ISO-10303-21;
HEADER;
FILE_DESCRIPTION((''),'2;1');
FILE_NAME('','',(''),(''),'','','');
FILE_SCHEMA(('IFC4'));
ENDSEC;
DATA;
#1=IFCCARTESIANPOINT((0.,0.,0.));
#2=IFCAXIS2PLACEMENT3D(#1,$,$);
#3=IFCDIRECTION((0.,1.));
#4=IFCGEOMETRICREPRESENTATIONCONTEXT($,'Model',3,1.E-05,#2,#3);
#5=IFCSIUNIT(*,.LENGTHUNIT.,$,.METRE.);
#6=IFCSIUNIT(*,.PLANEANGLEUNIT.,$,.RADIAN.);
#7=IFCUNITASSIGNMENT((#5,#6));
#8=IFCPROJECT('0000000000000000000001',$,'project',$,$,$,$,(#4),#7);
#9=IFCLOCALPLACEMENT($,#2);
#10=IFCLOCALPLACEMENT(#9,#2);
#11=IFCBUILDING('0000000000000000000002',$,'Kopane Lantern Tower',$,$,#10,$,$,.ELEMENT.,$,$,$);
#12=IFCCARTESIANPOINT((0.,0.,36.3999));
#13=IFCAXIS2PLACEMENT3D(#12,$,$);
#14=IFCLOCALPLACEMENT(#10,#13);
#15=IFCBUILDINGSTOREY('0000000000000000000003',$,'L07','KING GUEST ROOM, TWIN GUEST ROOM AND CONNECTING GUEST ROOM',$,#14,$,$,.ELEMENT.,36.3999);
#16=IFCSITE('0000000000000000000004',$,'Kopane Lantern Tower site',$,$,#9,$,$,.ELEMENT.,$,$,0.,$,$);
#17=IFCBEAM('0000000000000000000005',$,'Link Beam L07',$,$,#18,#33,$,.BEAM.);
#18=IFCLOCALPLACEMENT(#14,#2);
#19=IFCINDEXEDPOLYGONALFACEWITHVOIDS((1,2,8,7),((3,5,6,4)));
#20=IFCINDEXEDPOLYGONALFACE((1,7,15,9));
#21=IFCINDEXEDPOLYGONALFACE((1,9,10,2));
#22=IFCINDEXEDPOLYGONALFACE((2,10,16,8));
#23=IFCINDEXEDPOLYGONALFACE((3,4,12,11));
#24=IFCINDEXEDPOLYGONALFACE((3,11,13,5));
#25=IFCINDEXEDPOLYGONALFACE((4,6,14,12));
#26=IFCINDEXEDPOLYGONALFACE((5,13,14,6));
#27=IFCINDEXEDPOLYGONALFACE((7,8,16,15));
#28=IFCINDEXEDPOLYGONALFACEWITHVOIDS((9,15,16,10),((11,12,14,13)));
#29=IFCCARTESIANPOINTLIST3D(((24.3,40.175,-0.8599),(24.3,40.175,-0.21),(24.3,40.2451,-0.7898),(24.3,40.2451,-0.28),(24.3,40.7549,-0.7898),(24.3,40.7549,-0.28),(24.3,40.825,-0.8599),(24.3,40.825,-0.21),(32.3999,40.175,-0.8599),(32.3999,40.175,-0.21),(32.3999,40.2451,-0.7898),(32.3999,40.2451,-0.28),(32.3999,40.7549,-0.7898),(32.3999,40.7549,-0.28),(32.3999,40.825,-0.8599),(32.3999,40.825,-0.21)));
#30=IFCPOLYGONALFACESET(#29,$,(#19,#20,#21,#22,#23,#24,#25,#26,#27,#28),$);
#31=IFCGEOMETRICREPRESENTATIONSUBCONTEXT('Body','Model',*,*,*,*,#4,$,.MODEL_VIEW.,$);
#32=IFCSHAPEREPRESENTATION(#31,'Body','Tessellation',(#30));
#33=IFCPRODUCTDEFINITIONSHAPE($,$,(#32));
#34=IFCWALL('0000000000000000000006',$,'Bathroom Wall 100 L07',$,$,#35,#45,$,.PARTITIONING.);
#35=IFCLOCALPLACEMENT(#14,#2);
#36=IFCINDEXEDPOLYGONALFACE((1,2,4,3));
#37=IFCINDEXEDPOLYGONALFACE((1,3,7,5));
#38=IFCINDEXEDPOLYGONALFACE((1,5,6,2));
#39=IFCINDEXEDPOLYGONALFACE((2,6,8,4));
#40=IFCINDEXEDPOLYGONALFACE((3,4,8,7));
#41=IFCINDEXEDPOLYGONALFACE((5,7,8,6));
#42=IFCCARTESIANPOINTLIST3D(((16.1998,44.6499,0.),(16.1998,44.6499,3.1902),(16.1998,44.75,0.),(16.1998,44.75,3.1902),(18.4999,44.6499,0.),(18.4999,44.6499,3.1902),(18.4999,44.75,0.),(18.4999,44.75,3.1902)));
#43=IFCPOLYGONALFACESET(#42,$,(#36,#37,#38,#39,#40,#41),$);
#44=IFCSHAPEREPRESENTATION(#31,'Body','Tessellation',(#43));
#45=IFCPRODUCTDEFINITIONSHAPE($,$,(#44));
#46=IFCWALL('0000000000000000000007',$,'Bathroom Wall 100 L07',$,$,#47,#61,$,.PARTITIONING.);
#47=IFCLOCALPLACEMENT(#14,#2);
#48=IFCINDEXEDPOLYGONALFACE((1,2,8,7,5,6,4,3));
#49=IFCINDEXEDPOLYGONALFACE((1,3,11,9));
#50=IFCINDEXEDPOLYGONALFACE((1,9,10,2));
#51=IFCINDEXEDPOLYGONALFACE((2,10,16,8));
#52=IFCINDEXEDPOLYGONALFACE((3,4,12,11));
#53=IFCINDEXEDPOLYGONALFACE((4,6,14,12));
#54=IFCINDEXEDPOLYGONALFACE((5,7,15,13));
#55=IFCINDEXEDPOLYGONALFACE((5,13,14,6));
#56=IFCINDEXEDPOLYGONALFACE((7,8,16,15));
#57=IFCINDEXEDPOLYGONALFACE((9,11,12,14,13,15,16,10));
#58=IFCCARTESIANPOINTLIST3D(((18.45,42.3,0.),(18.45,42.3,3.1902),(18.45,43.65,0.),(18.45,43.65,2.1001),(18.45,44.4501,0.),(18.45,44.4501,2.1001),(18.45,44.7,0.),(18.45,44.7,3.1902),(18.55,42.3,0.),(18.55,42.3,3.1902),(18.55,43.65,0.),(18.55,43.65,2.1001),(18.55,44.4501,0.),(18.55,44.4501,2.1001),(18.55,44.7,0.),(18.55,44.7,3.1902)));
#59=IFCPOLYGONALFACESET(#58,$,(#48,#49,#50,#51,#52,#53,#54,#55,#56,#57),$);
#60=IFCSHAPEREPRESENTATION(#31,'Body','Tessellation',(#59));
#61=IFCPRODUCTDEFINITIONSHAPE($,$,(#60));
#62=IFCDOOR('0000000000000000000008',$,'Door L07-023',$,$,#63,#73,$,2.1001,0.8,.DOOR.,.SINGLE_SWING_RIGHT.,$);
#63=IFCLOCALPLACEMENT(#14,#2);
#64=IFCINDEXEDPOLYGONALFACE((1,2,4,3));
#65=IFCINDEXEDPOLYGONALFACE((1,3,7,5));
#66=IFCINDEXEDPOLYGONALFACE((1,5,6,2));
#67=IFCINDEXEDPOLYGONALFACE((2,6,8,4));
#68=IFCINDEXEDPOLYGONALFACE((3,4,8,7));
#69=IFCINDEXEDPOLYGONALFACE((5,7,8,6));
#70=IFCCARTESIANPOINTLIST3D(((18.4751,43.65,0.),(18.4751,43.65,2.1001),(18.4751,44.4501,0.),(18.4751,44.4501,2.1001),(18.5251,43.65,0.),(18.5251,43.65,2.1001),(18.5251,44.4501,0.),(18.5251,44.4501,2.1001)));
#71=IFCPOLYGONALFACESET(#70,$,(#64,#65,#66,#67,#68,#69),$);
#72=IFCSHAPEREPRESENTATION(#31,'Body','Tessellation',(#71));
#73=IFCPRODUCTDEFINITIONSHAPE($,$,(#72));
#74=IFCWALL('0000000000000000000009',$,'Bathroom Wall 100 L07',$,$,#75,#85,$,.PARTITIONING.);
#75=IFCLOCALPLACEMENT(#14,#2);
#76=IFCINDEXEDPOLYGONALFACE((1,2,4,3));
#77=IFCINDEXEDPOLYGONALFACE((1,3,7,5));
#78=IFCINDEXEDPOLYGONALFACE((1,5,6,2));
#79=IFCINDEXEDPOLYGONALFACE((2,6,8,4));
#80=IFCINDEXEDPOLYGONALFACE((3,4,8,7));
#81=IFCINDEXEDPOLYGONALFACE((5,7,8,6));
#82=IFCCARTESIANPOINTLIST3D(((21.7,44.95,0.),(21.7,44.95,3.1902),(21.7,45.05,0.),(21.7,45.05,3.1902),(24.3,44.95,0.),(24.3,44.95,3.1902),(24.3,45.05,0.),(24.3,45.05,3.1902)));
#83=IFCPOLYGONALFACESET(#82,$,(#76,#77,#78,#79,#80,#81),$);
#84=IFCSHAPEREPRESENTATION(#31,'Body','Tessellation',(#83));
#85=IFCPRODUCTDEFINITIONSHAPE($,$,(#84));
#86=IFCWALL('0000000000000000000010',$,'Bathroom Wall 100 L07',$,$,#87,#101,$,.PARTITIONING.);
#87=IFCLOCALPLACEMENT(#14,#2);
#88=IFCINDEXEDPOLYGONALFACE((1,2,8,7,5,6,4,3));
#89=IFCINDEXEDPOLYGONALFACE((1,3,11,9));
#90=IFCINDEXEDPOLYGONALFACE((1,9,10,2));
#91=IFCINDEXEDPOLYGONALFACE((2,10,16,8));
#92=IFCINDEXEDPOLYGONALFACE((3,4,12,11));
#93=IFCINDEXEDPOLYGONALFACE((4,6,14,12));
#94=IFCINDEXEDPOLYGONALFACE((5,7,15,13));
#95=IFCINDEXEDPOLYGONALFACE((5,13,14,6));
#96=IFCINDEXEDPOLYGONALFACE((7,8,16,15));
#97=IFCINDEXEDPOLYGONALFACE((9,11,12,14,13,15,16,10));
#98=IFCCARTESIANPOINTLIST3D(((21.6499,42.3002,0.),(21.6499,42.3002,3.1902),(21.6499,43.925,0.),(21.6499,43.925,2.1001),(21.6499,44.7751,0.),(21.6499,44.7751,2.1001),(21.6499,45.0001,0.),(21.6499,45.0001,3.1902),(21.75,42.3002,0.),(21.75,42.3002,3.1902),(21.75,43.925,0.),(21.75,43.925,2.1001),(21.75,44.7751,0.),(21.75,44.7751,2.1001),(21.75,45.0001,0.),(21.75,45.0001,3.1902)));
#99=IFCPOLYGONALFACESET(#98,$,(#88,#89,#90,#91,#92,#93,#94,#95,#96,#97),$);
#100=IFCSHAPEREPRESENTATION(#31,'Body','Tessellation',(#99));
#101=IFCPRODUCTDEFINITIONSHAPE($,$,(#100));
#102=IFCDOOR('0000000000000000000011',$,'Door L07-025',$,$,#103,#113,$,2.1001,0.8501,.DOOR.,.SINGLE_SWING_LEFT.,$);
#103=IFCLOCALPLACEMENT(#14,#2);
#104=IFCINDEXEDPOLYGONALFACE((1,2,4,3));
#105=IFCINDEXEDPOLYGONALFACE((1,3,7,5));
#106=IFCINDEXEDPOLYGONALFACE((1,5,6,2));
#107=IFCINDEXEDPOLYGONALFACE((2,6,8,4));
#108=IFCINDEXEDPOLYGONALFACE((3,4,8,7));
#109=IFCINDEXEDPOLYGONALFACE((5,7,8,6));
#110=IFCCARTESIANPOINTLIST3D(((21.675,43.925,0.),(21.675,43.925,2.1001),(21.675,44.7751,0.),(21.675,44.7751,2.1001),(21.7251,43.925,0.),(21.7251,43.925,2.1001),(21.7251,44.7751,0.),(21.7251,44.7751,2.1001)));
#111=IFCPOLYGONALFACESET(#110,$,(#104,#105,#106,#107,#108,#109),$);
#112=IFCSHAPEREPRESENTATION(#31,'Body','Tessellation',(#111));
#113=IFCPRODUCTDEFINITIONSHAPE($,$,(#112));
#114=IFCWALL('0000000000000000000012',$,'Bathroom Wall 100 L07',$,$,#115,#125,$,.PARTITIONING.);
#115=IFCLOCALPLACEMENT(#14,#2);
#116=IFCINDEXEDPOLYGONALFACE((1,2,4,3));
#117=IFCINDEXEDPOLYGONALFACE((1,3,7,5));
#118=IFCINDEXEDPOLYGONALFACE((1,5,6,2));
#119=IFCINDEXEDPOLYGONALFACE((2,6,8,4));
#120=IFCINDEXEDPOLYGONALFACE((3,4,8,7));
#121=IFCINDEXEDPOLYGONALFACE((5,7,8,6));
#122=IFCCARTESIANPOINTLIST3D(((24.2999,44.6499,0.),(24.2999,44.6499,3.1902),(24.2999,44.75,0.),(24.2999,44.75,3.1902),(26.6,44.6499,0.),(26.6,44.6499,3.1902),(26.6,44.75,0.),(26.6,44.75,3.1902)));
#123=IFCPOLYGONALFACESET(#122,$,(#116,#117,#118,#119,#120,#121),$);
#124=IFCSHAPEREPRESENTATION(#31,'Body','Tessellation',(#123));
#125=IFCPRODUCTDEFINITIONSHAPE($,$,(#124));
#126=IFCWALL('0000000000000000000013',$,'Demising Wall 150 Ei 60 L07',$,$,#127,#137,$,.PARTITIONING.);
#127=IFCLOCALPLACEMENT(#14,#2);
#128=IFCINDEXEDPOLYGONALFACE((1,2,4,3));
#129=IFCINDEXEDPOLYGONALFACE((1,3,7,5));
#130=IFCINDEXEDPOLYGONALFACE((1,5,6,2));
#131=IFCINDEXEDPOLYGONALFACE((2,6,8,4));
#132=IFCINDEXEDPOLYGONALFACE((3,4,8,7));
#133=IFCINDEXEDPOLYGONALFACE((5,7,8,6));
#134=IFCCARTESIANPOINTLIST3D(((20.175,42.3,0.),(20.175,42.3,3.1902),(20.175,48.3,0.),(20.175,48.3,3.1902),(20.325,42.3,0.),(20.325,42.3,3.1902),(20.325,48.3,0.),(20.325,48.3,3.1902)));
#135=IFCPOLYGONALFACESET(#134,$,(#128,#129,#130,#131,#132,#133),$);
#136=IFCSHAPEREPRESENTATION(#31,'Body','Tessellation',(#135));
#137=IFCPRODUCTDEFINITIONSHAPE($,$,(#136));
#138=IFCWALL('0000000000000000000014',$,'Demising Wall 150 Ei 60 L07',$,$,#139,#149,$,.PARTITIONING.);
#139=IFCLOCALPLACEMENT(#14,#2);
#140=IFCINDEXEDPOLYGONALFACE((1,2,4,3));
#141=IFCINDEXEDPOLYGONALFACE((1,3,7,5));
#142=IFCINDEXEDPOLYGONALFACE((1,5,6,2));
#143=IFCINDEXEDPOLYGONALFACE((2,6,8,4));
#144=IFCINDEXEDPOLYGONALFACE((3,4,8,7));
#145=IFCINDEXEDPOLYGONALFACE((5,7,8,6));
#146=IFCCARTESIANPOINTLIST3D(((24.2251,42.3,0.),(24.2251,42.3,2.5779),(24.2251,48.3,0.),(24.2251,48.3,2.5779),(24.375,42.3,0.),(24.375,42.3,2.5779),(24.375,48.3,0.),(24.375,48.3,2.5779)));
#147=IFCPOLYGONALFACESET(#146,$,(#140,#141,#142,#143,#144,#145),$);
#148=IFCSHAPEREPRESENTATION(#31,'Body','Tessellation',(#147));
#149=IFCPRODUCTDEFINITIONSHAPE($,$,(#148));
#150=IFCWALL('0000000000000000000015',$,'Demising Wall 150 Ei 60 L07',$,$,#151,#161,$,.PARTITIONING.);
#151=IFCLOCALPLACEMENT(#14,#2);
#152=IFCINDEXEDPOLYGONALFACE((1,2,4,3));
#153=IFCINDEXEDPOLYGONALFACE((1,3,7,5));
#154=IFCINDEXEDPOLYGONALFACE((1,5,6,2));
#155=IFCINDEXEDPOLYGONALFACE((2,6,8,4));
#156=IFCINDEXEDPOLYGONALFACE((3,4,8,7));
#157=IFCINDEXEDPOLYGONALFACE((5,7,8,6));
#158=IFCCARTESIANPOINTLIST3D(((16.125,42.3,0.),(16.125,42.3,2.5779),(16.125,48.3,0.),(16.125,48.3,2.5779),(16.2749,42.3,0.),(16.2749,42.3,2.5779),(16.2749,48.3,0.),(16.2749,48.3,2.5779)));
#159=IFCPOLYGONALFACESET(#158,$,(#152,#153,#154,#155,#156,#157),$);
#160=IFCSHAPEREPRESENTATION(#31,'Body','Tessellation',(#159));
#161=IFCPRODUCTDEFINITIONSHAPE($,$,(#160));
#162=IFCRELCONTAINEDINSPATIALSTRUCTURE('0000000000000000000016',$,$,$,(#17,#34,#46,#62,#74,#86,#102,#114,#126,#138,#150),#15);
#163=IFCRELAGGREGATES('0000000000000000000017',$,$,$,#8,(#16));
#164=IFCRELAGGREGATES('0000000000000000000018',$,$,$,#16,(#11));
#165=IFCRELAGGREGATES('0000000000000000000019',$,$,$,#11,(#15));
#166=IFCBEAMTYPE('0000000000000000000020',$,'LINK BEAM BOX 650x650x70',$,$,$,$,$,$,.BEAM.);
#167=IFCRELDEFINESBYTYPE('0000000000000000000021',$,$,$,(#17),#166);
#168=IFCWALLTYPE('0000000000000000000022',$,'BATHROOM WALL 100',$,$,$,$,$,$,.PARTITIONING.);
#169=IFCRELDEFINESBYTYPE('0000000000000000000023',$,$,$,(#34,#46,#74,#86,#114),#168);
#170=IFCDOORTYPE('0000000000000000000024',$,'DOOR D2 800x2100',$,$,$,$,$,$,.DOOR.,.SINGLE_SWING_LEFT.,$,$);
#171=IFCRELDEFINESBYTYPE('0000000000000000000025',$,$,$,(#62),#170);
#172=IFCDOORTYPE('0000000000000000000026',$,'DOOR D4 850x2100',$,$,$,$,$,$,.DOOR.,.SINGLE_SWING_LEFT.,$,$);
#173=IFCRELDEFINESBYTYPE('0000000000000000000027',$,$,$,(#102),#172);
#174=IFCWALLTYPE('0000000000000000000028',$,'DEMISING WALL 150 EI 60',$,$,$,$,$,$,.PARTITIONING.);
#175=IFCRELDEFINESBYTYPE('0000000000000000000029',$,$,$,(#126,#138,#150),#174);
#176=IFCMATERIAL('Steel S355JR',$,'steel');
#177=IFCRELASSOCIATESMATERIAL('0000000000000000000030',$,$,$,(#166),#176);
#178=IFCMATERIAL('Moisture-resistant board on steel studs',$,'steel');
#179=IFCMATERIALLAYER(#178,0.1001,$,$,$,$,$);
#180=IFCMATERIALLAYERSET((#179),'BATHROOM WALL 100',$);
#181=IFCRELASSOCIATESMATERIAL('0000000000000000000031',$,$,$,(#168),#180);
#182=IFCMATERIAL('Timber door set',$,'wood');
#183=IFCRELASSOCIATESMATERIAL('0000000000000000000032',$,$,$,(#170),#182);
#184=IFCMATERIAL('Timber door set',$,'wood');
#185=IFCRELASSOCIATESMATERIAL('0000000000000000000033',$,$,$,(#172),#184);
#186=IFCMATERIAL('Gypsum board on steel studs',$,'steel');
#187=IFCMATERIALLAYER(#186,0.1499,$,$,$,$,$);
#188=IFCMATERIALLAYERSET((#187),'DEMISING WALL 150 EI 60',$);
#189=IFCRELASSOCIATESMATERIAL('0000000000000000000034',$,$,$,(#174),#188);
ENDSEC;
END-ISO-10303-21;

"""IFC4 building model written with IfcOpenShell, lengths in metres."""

from ifc_helpers import new_model, si_unit, direction, frame, frame_2d, origin, origin_2d, place, context, subcontext, project, spatial, rectangle, hollow_rectangle, extrude, material, layer, layer_set, material_profile, profile_set, type_object, element, fill, save


model = new_model("IFC4")

# Units and contexts
model_context = context("Model", 3, precision=1e-05, world=origin(), true_north=direction((0.0, 1.0)))
body_context = subcontext(model_context, "Body", "Model", "MODEL_VIEW")
ifc_project = project(units=[si_unit("LENGTHUNIT", "METRE"), si_unit("PLANEANGLEUNIT", "RADIAN")], contexts=[model_context])

# Site, building, storey
site_placement = place(None, origin())
site = spatial("IfcSite", under=ifc_project, at=site_placement, Name="Kopane Lantern Tower site", CompositionType="ELEMENT", RefElevation=0.0)
building_placement = place(site_placement, origin())
building = spatial("IfcBuilding", under=site, at=building_placement, Name="Kopane Lantern Tower", CompositionType="ELEMENT")
storey_placement = place(building_placement, frame((0.0, 0.0, 36.3999)))
storey = spatial("IfcBuildingStorey", under=building, at=storey_placement, Name="L07", Description="KING GUEST ROOM, TWIN GUEST ROOM AND CONNECTING GUEST ROOM", CompositionType="ELEMENT", Elevation=36.3999)

# Beam
ifc_material_1 = material(Name="Steel S355JR", Category="steel")
ifc_material_profile_1 = material_profile(ifc_material_1, hollow_rectangle(XDim=0.6499, YDim=0.6499, WallThickness=0.0701, at=origin_2d()), Name="BOX 650x650x70")
ifc_profile_set_1 = profile_set([ifc_material_profile_1], Name="Steel S355JR")
beam_type_1 = type_object("IfcBeamType", Name="LINK BEAM BOX 650x650x70", PredefinedType="BEAM", material=ifc_profile_set_1)
beam_1_placement = place(storey_placement, frame((24.3, 40.5, -0.5349), z_axis=(1.0, 0.0, 0.0), x_axis=(0.0, 1.0, 0.0)))
element("IfcBeam", 1, at=beam_1_placement, inside=storey, type_object=beam_type_1, Name="Link Beam L07", PredefinedType="BEAM", context=body_context, shape_type="SweptSolid", body=[
    extrude(hollow_rectangle(XDim=0.6499, YDim=0.6499, WallThickness=0.0701, at=origin_2d()), origin(), (0.0, 0.0, 1.0), 8.0999),
])

# Wall
ifc_material_2 = material(Name="Moisture-resistant board on steel studs", Category="steel")
ifc_layer_1 = layer(ifc_material_2, 0.1001)
ifc_layer_set_1 = layer_set([ifc_layer_1], Name="BATHROOM WALL 100")
wall_type_1 = type_object("IfcWallType", Name="BATHROOM WALL 100", PredefinedType="PARTITIONING", material=ifc_layer_set_1)
wall_1_placement = place(storey_placement, frame((16.2, 44.7, 0.0), z_axis=(0.0, 0.0, 1.0), x_axis=(1.0, 0.0, 0.0)))
element("IfcWall", 2, at=wall_1_placement, inside=storey, type_object=wall_type_1, Name="Bathroom Wall 100 L07", PredefinedType="PARTITIONING", context=body_context, shape_type="SweptSolid", body=[
    extrude(rectangle(XDim=2.3, YDim=0.1001, at=frame_2d((1.1499, 0.0))), origin(), (0.0, 0.0, 1.0), 3.1902),
])

# Wall, opening, door
wall_2_placement = place(storey_placement, frame((18.5, 42.3, 0.0), z_axis=(0.0, 0.0, 1.0), x_axis=(0.0, 1.0, 0.0)))
wall_2 = element("IfcWall", 3, at=wall_2_placement, inside=storey, type_object=wall_type_1, Name="Bathroom Wall 100 L07", PredefinedType="PARTITIONING", context=body_context, shape_type="SweptSolid", body=[
    extrude(rectangle(XDim=2.3999, YDim=0.1001, at=frame_2d((1.2, 0.0))), origin(), (0.0, 0.0, 1.0), 3.1902),
])
opening_1_placement = place(wall_2_placement, frame((1.3501, 0.0, 0.0)))
opening_1 = element("IfcOpeningElement", 4, at=opening_1_placement, cuts=wall_2, PredefinedType="OPENING", context=body_context, shape_type="SweptSolid", body=[
    extrude(rectangle(XDim=0.8, YDim=2.1001, at=frame_2d((0.3999, 1.05))), frame((0.0, 0.0601, 0.0), z_axis=(0.0, -1.0, 0.0), x_axis=(1.0, 0.0, 0.0)), (0.0, 0.0, 1.0), 0.1201),
])
ifc_material_3 = material(Name="Timber door set", Category="wood")
door_type_1 = type_object("IfcDoorType", Name="DOOR D2 800x2100", OperationType="SINGLE_SWING_LEFT", PredefinedType="DOOR", material=ifc_material_3)
door_1_placement = place(opening_1_placement, origin())
door_1 = element("IfcDoor", 5, at=door_1_placement, inside=storey, type_object=door_type_1, Name="Door L07-023", OperationType="SINGLE_SWING_RIGHT", OverallHeight=2.1001, OverallWidth=0.8, PredefinedType="DOOR", context=body_context, shape_type="SweptSolid", body=[
    extrude(rectangle(XDim=0.8, YDim=2.1001, at=frame_2d((0.3999, 1.05))), frame((0.0, 0.0249, 0.0), z_axis=(0.0, -1.0, 0.0), x_axis=(1.0, 0.0, 0.0)), (0.0, 0.0, 1.0), 0.05),
])
fill(opening_1, door_1)

# Wall
wall_3_placement = place(storey_placement, frame((21.7, 45.0, 0.0), z_axis=(0.0, 0.0, 1.0), x_axis=(1.0, 0.0, 0.0)))
element("IfcWall", 6, at=wall_3_placement, inside=storey, type_object=wall_type_1, Name="Bathroom Wall 100 L07", PredefinedType="PARTITIONING", context=body_context, shape_type="SweptSolid", body=[
    extrude(rectangle(XDim=2.6001, YDim=0.1001, at=frame_2d((1.3, 0.0))), origin(), (0.0, 0.0, 1.0), 3.1902),
])

# Wall, opening, door
wall_4_placement = place(storey_placement, frame((21.7, 42.3, 0.0), z_axis=(0.0, 0.0, 1.0), x_axis=(0.0, 1.0, 0.0)))
wall_4 = element("IfcWall", 7, at=wall_4_placement, inside=storey, type_object=wall_type_1, Name="Bathroom Wall 100 L07", PredefinedType="PARTITIONING", context=body_context, shape_type="SweptSolid", body=[
    extrude(rectangle(XDim=2.7, YDim=0.1001, at=frame_2d((1.3501, 0.0))), origin(), (0.0, 0.0, 1.0), 3.1902),
])
opening_2_placement = place(wall_4_placement, frame((1.625, 0.0, 0.0)))
opening_2 = element("IfcOpeningElement", 8, at=opening_2_placement, cuts=wall_4, PredefinedType="OPENING", context=body_context, shape_type="SweptSolid", body=[
    extrude(rectangle(XDim=0.8501, YDim=2.1001, at=frame_2d((0.425, 1.05))), frame((0.0, 0.0601, 0.0), z_axis=(0.0, -1.0, 0.0), x_axis=(1.0, 0.0, 0.0)), (0.0, 0.0, 1.0), 0.1201),
])
ifc_material_4 = material(Name="Timber door set", Category="wood")
door_type_2 = type_object("IfcDoorType", Name="DOOR D4 850x2100", OperationType="SINGLE_SWING_LEFT", PredefinedType="DOOR", material=ifc_material_4)
door_2_placement = place(opening_2_placement, origin())
door_2 = element("IfcDoor", 9, at=door_2_placement, inside=storey, type_object=door_type_2, Name="Door L07-025", OperationType="SINGLE_SWING_LEFT", OverallHeight=2.1001, OverallWidth=0.8501, PredefinedType="DOOR", context=body_context, shape_type="SweptSolid", body=[
    extrude(rectangle(XDim=0.8501, YDim=2.1001, at=frame_2d((0.425, 1.05))), frame((0.0, 0.0249, 0.0), z_axis=(0.0, -1.0, 0.0), x_axis=(1.0, 0.0, 0.0)), (0.0, 0.0, 1.0), 0.05),
])
fill(opening_2, door_2)

# Walls
wall_5_placement = place(storey_placement, frame((24.3, 44.7, 0.0), z_axis=(0.0, 0.0, 1.0), x_axis=(1.0, 0.0, 0.0)))
element("IfcWall", 10, at=wall_5_placement, inside=storey, type_object=wall_type_1, Name="Bathroom Wall 100 L07", PredefinedType="PARTITIONING", context=body_context, shape_type="SweptSolid", body=[
    extrude(rectangle(XDim=2.3, YDim=0.1001, at=frame_2d((1.1499, 0.0))), origin(), (0.0, 0.0, 1.0), 3.1902),
])
ifc_material_5 = material(Name="Gypsum board on steel studs", Category="steel")
ifc_layer_2 = layer(ifc_material_5, 0.1499)
ifc_layer_set_2 = layer_set([ifc_layer_2], Name="DEMISING WALL 150 EI 60")
wall_type_2 = type_object("IfcWallType", Name="DEMISING WALL 150 EI 60", PredefinedType="PARTITIONING", material=ifc_layer_set_2)
wall_6_placement = place(storey_placement, frame((20.25, 42.3, 0.0), z_axis=(0.0, 0.0, 1.0), x_axis=(0.0, 1.0, 0.0)))
element("IfcWall", 11, at=wall_6_placement, inside=storey, type_object=wall_type_2, Name="Demising Wall 150 Ei 60 L07", PredefinedType="PARTITIONING", context=body_context, shape_type="SweptSolid", body=[
    extrude(rectangle(XDim=6.0, YDim=0.1499, at=frame_2d((3.0, 0.0))), origin(), (0.0, 0.0, 1.0), 3.1902),
])
for number, where, z_axis, x_axis, name in (
    (12, (24.3, 42.3, 0.0), (0.0, 0.0, 1.0), (0.0, 1.0, 0.0), "Demising Wall 150 Ei 60 L07"),
    (13, (16.2, 42.3, 0.0), (0.0, 0.0, 1.0), (0.0, 1.0, 0.0), "Demising Wall 150 Ei 60 L07"),
):
    element("IfcWall", number, at=place(storey_placement, frame(where, z_axis=z_axis, x_axis=x_axis)), inside=storey, type_object=wall_type_2, Name=name, PredefinedType="PARTITIONING", context=body_context, shape_type="SweptSolid", body=[
        extrude(rectangle(XDim=6.0, YDim=0.1499, at=frame_2d((3.0, 0.0))), origin(), (0.0, 0.0, 1.0), 2.5779),
    ])

save(model, "model.ifc")
